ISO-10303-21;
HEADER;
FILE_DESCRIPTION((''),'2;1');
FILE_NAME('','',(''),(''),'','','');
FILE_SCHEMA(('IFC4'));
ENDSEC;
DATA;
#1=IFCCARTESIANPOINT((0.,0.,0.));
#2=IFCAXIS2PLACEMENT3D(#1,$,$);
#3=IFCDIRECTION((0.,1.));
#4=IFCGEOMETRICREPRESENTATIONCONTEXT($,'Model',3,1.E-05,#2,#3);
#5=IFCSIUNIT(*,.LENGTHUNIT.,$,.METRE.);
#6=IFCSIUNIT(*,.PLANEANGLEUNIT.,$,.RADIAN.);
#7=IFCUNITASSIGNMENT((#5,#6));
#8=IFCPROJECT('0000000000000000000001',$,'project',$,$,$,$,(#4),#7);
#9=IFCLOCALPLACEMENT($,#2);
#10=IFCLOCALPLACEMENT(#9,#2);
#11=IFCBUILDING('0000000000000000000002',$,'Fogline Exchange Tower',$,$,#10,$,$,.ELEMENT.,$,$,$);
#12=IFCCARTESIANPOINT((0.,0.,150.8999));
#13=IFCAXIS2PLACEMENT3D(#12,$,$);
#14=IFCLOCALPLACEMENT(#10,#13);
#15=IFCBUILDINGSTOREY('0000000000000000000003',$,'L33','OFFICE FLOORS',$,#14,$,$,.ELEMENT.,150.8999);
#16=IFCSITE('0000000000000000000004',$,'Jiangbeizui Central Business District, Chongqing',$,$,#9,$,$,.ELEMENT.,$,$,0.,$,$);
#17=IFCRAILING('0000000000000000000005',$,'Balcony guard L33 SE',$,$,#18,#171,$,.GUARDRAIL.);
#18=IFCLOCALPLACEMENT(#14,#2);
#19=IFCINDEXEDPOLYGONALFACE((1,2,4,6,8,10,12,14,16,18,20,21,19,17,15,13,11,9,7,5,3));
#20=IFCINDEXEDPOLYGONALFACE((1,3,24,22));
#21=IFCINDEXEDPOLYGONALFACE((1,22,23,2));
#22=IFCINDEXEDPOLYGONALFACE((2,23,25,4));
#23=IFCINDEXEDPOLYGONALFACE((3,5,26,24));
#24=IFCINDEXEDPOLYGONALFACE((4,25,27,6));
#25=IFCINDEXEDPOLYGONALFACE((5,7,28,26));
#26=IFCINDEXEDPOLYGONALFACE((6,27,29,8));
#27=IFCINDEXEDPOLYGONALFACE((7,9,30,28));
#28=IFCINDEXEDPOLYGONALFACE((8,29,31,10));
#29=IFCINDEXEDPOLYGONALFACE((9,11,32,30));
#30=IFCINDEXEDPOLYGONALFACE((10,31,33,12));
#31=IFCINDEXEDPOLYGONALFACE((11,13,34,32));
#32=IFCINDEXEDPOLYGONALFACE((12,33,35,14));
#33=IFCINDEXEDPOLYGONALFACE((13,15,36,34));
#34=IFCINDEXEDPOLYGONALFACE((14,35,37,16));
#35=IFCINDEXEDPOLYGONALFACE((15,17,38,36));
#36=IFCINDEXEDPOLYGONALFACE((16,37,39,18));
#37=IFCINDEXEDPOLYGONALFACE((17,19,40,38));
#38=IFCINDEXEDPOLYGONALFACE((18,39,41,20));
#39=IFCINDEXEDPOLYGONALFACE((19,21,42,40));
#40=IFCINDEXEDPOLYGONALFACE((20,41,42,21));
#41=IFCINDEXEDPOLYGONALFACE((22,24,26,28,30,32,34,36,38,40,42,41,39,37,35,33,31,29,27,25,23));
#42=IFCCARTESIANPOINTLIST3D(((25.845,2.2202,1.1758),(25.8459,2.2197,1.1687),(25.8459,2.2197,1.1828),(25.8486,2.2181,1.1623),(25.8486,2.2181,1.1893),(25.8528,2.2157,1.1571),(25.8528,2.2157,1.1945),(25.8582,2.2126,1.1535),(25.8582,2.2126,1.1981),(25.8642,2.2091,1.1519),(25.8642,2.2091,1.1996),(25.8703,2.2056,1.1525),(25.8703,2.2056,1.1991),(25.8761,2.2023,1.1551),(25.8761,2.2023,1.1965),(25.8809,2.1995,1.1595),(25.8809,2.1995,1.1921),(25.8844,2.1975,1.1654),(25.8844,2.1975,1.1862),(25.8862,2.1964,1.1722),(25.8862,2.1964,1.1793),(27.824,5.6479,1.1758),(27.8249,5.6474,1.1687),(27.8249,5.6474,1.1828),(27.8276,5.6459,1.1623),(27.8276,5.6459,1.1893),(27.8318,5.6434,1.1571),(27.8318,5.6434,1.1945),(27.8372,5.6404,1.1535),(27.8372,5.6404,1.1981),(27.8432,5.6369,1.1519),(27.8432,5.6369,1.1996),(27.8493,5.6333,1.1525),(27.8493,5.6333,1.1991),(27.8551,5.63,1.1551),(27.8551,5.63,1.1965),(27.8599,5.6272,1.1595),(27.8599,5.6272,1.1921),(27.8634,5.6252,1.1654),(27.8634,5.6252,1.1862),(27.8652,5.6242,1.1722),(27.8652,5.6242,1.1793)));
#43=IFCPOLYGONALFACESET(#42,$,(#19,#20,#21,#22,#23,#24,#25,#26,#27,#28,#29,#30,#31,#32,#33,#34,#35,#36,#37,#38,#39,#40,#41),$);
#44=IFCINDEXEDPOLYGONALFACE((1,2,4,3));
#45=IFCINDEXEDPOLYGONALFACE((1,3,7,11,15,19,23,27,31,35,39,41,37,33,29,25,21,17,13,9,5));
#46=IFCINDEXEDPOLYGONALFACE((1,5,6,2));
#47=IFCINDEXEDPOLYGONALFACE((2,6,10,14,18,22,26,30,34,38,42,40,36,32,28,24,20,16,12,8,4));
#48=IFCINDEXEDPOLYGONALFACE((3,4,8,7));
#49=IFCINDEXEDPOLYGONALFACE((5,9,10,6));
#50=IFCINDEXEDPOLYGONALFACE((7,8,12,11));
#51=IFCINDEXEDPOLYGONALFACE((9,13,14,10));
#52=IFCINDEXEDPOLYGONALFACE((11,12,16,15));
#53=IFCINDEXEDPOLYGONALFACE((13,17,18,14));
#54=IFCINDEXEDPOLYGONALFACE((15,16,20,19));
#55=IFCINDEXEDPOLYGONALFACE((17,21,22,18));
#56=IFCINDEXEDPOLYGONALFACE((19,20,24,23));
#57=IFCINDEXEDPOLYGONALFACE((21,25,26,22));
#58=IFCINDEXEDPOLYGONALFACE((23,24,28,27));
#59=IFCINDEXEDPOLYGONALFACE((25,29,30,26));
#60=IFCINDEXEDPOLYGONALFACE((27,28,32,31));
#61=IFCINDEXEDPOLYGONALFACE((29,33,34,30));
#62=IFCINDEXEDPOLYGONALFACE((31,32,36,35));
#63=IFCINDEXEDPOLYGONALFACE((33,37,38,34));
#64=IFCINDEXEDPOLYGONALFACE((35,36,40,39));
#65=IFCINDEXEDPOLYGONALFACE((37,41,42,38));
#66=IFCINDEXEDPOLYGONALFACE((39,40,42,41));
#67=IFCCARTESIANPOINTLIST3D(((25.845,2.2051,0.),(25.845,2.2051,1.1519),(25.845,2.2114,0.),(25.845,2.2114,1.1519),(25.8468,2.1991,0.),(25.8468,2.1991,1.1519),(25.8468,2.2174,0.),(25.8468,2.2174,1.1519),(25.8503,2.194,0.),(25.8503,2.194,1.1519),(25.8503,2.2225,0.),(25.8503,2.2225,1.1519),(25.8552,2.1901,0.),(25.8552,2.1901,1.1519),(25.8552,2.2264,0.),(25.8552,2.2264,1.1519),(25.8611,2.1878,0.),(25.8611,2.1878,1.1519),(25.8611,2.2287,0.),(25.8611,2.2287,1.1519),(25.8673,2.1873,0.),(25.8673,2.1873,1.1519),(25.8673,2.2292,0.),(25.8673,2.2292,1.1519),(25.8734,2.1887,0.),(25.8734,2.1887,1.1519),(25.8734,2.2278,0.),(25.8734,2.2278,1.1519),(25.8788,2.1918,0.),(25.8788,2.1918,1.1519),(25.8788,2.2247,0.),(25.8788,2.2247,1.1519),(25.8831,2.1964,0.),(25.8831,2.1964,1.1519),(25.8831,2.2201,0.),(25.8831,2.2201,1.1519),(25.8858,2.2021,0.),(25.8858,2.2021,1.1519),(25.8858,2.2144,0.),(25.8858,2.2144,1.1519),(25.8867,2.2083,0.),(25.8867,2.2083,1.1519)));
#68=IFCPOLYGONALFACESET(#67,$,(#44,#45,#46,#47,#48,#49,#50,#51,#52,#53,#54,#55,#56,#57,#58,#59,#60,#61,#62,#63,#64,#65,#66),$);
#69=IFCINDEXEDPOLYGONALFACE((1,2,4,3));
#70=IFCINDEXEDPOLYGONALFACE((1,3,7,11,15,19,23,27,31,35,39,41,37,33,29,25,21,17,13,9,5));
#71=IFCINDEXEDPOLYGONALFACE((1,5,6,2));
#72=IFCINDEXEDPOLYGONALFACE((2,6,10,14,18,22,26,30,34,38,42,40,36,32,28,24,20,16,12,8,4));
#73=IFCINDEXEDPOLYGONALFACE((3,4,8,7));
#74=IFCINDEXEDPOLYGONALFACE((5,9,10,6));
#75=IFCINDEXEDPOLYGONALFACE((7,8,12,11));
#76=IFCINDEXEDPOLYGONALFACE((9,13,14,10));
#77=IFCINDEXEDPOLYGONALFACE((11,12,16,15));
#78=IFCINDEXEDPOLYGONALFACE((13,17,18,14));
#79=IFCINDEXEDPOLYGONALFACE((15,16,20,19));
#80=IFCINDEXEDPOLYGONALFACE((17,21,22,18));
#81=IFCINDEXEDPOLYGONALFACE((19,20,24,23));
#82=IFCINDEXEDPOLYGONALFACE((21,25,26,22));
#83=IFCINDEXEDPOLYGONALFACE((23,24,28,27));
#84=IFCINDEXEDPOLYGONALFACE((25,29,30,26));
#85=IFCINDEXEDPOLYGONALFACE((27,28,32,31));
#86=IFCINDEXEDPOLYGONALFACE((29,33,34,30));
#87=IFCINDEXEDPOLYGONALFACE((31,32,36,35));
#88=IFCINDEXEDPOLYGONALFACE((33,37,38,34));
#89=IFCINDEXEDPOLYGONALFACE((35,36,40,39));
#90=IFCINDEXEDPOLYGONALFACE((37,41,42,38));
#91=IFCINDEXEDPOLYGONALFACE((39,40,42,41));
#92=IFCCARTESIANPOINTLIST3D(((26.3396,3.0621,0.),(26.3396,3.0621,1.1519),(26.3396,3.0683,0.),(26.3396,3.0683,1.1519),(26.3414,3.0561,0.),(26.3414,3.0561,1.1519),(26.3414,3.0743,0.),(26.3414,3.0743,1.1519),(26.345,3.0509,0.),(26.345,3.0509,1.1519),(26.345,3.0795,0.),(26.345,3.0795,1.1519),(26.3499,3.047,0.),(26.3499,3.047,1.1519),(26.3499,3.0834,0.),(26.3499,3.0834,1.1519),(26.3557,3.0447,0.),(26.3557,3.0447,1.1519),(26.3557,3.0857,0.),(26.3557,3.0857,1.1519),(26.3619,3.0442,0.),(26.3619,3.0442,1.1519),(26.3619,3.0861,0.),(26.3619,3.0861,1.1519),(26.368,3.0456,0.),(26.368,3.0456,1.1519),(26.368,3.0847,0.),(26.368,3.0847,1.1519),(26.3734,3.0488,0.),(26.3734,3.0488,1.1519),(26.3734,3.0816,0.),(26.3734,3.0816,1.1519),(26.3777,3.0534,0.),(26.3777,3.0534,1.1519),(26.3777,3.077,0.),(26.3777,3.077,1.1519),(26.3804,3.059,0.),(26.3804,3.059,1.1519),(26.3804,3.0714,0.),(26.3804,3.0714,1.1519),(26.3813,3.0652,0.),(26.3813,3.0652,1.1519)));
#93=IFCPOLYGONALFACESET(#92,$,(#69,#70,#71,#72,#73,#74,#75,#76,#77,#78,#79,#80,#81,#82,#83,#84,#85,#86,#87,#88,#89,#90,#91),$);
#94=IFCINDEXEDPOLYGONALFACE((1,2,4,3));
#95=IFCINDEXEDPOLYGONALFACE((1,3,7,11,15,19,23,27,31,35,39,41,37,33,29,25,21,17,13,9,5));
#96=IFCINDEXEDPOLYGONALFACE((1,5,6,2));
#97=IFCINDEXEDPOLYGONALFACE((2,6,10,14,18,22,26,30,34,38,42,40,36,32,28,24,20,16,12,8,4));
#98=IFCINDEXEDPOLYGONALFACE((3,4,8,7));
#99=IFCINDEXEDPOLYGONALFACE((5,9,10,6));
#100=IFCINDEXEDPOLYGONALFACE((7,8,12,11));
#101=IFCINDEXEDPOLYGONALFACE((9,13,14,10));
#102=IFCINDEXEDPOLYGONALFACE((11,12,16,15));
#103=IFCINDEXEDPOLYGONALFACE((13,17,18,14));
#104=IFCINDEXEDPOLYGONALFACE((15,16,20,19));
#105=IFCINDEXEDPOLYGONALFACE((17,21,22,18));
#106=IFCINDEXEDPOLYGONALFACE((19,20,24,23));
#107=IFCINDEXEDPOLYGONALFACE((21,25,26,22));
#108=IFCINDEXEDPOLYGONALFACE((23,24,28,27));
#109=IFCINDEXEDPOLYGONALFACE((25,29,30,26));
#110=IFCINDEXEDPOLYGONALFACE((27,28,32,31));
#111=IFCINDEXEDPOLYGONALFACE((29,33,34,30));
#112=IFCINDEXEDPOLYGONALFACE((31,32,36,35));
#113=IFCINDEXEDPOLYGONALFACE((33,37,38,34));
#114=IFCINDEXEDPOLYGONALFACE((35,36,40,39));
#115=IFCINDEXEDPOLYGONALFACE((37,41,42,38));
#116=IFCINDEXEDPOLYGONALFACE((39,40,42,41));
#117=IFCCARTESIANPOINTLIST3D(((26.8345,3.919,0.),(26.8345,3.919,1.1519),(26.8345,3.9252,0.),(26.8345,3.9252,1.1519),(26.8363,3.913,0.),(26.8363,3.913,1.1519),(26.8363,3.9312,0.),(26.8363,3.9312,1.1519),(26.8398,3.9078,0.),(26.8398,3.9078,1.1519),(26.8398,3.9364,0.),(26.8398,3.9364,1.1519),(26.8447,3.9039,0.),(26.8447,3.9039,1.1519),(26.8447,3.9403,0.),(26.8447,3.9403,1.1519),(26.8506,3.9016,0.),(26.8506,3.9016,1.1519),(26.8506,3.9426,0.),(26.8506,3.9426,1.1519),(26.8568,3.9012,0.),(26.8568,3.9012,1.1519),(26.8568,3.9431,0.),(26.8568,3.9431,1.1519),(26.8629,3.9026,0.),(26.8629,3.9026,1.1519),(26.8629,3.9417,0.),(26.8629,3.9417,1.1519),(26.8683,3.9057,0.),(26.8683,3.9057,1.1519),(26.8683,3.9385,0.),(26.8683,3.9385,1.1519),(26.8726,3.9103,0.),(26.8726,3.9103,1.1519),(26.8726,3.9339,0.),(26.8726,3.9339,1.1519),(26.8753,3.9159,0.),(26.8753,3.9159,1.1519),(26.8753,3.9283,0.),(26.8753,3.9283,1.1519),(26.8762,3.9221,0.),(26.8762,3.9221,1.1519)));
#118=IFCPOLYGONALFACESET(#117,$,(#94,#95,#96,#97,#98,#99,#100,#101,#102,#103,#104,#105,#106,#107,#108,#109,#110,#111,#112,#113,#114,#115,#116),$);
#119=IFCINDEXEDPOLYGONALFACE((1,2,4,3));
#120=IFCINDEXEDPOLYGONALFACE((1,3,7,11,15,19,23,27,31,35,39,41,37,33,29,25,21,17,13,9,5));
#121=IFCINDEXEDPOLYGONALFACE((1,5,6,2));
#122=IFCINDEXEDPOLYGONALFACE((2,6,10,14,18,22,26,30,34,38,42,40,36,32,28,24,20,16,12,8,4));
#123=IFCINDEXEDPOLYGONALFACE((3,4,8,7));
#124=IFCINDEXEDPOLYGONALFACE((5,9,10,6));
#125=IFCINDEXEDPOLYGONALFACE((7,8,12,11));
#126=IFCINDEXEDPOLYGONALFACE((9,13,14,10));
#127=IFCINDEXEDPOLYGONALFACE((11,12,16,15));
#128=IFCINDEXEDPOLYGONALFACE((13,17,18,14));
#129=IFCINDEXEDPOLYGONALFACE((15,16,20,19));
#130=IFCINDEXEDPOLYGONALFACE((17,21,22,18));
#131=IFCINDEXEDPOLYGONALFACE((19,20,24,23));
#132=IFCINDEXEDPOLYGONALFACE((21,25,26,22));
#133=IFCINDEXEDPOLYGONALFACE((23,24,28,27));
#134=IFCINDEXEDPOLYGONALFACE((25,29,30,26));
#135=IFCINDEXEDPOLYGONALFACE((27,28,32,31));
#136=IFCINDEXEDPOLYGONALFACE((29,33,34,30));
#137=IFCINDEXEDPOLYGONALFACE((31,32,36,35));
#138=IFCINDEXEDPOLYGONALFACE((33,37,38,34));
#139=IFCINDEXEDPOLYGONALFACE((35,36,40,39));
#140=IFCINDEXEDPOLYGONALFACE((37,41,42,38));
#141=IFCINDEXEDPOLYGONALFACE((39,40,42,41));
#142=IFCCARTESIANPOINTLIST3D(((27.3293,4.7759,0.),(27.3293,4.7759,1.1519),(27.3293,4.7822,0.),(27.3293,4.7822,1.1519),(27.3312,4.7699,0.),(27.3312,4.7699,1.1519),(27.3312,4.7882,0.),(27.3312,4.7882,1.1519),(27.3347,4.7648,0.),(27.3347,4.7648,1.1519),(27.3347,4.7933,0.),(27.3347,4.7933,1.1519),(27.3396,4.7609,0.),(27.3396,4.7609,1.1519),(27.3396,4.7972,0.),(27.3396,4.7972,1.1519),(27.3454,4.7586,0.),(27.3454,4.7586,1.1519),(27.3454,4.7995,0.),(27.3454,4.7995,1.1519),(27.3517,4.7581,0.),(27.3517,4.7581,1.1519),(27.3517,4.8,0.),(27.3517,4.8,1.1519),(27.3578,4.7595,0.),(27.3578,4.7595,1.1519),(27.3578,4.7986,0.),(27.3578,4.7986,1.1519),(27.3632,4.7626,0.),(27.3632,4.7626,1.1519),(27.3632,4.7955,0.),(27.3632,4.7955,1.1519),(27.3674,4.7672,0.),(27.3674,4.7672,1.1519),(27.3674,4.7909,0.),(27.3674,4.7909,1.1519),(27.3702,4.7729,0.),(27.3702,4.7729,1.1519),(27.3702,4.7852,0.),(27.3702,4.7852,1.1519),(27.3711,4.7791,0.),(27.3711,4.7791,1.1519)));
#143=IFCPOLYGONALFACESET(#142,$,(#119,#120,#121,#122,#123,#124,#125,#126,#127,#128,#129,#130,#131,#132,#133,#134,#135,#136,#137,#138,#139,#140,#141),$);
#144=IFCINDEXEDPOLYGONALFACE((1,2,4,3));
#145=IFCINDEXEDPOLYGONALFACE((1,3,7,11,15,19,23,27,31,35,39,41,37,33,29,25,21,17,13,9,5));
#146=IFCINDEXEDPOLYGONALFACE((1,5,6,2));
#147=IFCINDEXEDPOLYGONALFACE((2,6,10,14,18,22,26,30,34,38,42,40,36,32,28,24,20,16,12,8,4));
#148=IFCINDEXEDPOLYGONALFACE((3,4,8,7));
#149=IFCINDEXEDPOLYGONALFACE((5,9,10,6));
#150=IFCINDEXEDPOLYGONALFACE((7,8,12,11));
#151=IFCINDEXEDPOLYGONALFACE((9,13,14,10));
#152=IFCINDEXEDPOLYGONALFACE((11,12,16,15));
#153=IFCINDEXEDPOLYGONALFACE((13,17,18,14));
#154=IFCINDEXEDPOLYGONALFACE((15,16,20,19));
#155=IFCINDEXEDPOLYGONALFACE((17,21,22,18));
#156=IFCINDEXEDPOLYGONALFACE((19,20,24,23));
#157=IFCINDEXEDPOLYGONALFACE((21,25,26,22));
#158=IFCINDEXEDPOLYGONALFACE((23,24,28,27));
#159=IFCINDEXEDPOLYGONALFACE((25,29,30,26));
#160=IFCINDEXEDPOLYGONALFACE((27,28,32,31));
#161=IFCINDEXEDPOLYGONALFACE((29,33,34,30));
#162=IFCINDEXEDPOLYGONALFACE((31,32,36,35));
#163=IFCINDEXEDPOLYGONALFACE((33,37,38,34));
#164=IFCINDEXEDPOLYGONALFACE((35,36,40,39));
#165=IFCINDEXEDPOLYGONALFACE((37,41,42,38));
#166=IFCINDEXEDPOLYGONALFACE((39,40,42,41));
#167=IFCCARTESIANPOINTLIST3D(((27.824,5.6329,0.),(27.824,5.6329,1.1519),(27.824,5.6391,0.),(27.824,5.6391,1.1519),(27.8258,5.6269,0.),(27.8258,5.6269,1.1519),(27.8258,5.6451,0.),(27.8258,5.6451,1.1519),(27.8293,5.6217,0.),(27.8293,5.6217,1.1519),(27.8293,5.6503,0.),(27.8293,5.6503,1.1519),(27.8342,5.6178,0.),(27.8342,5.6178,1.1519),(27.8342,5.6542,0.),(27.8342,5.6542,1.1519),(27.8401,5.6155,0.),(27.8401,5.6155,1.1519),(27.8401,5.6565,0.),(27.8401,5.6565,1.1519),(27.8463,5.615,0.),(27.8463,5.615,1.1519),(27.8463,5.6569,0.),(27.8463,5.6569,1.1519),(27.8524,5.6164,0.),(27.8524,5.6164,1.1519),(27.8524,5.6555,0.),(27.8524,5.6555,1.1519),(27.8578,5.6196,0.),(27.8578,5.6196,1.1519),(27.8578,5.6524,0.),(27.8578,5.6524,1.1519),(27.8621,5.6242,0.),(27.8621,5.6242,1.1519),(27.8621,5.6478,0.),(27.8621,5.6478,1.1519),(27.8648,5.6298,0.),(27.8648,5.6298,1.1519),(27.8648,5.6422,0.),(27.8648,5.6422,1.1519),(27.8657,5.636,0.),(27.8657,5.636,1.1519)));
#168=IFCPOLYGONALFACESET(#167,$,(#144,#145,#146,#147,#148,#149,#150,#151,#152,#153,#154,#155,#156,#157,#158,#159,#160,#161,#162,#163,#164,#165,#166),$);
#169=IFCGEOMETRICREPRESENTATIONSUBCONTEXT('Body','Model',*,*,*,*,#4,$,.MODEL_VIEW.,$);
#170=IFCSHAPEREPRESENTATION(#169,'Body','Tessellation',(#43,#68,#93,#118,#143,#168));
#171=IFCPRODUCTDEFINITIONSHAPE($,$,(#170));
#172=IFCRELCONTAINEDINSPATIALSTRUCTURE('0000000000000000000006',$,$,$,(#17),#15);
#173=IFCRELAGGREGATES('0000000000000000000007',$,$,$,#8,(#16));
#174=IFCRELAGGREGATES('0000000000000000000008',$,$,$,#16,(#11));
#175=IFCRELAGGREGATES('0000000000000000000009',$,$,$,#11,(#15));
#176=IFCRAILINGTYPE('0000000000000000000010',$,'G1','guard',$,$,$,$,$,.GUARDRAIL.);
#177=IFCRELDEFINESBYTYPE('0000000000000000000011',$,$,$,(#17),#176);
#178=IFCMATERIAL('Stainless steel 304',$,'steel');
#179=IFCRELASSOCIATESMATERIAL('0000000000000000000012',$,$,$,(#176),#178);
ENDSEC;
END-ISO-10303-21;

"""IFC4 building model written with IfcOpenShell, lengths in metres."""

from ifc_helpers import new_model, si_unit, direction, frame, origin, origin_2d, place, context, subcontext, project, spatial, circle, extrude, material, type_object, element, save


model = new_model("IFC4")

# Units and contexts
model_context = context("Model", 3, precision=1e-05, world=origin(), true_north=direction((0.0, 1.0)))
body_context = subcontext(model_context, "Body", "Model", "MODEL_VIEW")
ifc_project = project(units=[si_unit("LENGTHUNIT", "METRE"), si_unit("PLANEANGLEUNIT", "RADIAN")], contexts=[model_context])

# Site, building, storey
site_placement = place(None, origin())
site = spatial("IfcSite", under=ifc_project, at=site_placement, Name="Jiangbeizui Central Business District, Chongqing", CompositionType="ELEMENT", RefElevation=0.0)
building_placement = place(site_placement, origin())
building = spatial("IfcBuilding", under=site, at=building_placement, Name="Fogline Exchange Tower", CompositionType="ELEMENT")
storey_placement = place(building_placement, frame((0.0, 0.0, 150.8999)))
storey = spatial("IfcBuildingStorey", under=building, at=storey_placement, Name="L33", Description="OFFICE FLOORS", CompositionType="ELEMENT", Elevation=150.8999)

# Railing
ifc_material_1 = material(Name="Stainless steel 304", Category="steel")
railing_type = type_object("IfcRailingType", Name="G1", Description="guard", PredefinedType="GUARDRAIL", material=ifc_material_1)
railing_placement = place(storey_placement, frame((25.8657, 2.2083, 0.0)))
element("IfcRailing", 1, at=railing_placement, inside=storey, type_object=railing_type, Name="Balcony guard L33 SE", PredefinedType="GUARDRAIL", context=body_context, shape_type="SweptSolid", body=[
    extrude(circle(Radius=0.0239, at=origin_2d()), frame((0.0, 0.0, 1.1758), z_axis=(0.5, 0.866025, 0.0), x_axis=(-0.866025, 0.5, 0.0)), (0.0, 0.0, 1.0), 3.958),
    extrude(circle(Radius=0.021, at=origin_2d()), origin(), (0.0, 0.0, 1.0), 1.1519),
    extrude(circle(Radius=0.021, at=origin_2d()), frame((0.4946, 0.8569, 0.0)), (0.0, 0.0, 1.0), 1.1519),
    extrude(circle(Radius=0.021, at=origin_2d()), frame((0.9895, 1.7139, 0.0)), (0.0, 0.0, 1.0), 1.1519),
    extrude(circle(Radius=0.021, at=origin_2d()), frame((1.4844, 2.5708, 0.0)), (0.0, 0.0, 1.0), 1.1519),
    extrude(circle(Radius=0.021, at=origin_2d()), frame((1.979, 3.4277, 0.0)), (0.0, 0.0, 1.0), 1.1519),
])

save(model, "model.ifc")
